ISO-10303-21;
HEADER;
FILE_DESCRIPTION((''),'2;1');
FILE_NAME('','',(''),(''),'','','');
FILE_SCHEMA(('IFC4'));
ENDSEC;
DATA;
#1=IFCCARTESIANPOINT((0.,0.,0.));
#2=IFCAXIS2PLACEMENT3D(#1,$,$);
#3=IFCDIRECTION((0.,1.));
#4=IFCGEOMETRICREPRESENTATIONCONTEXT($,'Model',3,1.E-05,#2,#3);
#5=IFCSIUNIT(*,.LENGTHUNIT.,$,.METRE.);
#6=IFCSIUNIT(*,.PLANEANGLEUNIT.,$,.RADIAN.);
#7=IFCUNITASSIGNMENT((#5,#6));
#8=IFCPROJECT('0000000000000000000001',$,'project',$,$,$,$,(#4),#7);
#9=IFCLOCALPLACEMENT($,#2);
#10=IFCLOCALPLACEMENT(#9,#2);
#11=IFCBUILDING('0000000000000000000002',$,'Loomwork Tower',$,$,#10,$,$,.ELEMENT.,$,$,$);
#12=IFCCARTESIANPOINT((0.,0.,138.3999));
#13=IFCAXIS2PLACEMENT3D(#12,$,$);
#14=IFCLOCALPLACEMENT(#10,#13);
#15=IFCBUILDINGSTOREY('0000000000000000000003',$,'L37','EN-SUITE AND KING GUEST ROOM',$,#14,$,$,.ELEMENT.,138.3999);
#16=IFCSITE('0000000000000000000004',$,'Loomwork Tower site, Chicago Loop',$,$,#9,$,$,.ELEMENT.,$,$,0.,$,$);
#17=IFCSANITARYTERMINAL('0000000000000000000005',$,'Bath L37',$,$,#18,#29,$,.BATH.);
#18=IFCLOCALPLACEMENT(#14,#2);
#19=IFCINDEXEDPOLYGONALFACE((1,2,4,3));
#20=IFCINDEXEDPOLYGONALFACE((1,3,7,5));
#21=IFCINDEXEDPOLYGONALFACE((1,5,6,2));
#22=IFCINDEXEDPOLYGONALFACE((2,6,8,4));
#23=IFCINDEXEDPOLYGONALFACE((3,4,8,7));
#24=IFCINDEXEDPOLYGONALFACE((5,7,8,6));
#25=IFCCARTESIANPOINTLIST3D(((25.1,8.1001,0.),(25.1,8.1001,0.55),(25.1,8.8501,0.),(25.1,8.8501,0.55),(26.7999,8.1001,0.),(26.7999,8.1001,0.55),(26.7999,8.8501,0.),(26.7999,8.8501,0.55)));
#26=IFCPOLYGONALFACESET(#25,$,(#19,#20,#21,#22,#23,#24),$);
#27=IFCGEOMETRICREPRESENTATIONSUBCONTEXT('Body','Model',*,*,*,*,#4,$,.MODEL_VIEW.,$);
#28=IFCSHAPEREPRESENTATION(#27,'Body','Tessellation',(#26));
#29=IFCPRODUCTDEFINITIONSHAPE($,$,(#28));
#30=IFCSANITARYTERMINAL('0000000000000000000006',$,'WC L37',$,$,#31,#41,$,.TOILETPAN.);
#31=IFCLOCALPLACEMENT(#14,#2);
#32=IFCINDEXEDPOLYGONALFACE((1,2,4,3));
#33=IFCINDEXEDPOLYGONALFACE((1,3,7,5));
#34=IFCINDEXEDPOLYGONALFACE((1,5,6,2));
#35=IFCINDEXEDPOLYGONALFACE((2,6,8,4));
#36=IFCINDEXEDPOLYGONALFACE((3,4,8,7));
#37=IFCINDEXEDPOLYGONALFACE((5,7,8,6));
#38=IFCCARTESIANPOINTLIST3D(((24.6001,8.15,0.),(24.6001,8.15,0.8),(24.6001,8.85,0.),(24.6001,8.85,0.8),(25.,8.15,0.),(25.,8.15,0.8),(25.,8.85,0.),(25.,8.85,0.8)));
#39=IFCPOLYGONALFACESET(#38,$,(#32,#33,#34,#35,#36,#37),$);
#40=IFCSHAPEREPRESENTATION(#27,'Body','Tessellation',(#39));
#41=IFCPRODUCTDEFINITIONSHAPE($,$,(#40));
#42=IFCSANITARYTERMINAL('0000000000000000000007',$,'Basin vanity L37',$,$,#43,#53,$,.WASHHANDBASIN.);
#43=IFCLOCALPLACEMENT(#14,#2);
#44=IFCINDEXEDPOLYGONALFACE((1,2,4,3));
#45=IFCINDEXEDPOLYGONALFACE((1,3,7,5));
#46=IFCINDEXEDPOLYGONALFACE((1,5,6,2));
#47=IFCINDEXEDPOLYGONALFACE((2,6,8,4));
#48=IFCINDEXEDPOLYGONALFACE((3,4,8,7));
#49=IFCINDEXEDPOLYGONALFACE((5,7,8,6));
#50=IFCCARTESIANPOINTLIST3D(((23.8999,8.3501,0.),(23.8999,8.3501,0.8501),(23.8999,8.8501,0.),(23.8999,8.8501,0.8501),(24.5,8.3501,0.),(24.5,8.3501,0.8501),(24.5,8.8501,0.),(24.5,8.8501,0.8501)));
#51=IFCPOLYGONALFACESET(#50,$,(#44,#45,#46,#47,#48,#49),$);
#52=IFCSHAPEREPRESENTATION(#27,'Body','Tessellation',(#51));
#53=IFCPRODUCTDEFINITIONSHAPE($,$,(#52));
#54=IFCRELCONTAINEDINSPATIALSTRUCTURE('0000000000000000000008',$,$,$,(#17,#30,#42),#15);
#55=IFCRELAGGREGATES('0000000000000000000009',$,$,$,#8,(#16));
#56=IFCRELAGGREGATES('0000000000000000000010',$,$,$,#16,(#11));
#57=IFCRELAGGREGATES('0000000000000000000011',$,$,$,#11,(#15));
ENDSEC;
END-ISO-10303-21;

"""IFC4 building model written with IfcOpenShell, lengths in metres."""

from ifc_helpers import new_model, si_unit, direction, frame, origin, origin_2d, place, context, subcontext, project, spatial, rectangle, extrude, element, save


model = new_model("IFC4")

# Units and contexts
model_context = context("Model", 3, precision=1e-05, world=origin(), true_north=direction((0.0, 1.0)))
body_context = subcontext(model_context, "Body", "Model", "MODEL_VIEW")
ifc_project = project(units=[si_unit("LENGTHUNIT", "METRE"), si_unit("PLANEANGLEUNIT", "RADIAN")], contexts=[model_context])

# Site, building, storey
site_placement = place(None, origin())
site = spatial("IfcSite", under=ifc_project, at=site_placement, Name="Loomwork Tower site, Chicago Loop", CompositionType="ELEMENT", RefElevation=0.0)
building_placement = place(site_placement, origin())
building = spatial("IfcBuilding", under=site, at=building_placement, Name="Loomwork Tower", CompositionType="ELEMENT")
storey_placement = place(building_placement, frame((0.0, 0.0, 138.3999)))
storey = spatial("IfcBuildingStorey", under=building, at=storey_placement, Name="L37", Description="EN-SUITE AND KING GUEST ROOM", CompositionType="ELEMENT", Elevation=138.3999)

# Sanitary terminals
sanitary_terminal_1_placement = place(storey_placement, frame((25.95, 8.4751, 0.0), z_axis=(0.0, 0.0, 1.0), x_axis=(1.0, 0.0, 0.0)))
element("IfcSanitaryTerminal", 1, at=sanitary_terminal_1_placement, inside=storey, Name="Bath L37", PredefinedType="BATH", context=body_context, shape_type="SweptSolid", body=[
    extrude(rectangle(XDim=1.7, YDim=0.75, at=origin_2d()), origin(), (0.0, 0.0, 1.0), 0.55),
])
sanitary_terminal_2_placement = place(storey_placement, frame((24.8, 8.5, 0.0), z_axis=(0.0, 0.0, 1.0), x_axis=(1.0, 0.0, 0.0)))
element("IfcSanitaryTerminal", 2, at=sanitary_terminal_2_placement, inside=storey, Name="WC L37", PredefinedType="TOILETPAN", context=body_context, shape_type="SweptSolid", body=[
    extrude(rectangle(XDim=0.3999, YDim=0.7, at=origin_2d()), origin(), (0.0, 0.0, 1.0), 0.8),
])
sanitary_terminal_3_placement = place(storey_placement, frame((24.2, 8.6001, 0.0), z_axis=(0.0, 0.0, 1.0), x_axis=(1.0, 0.0, 0.0)))
element("IfcSanitaryTerminal", 3, at=sanitary_terminal_3_placement, inside=storey, Name="Basin vanity L37", PredefinedType="WASHHANDBASIN", context=body_context, shape_type="SweptSolid", body=[
    extrude(rectangle(XDim=0.6001, YDim=0.5, at=origin_2d()), origin(), (0.0, 0.0, 1.0), 0.8501),
])

save(model, "model.ifc")
